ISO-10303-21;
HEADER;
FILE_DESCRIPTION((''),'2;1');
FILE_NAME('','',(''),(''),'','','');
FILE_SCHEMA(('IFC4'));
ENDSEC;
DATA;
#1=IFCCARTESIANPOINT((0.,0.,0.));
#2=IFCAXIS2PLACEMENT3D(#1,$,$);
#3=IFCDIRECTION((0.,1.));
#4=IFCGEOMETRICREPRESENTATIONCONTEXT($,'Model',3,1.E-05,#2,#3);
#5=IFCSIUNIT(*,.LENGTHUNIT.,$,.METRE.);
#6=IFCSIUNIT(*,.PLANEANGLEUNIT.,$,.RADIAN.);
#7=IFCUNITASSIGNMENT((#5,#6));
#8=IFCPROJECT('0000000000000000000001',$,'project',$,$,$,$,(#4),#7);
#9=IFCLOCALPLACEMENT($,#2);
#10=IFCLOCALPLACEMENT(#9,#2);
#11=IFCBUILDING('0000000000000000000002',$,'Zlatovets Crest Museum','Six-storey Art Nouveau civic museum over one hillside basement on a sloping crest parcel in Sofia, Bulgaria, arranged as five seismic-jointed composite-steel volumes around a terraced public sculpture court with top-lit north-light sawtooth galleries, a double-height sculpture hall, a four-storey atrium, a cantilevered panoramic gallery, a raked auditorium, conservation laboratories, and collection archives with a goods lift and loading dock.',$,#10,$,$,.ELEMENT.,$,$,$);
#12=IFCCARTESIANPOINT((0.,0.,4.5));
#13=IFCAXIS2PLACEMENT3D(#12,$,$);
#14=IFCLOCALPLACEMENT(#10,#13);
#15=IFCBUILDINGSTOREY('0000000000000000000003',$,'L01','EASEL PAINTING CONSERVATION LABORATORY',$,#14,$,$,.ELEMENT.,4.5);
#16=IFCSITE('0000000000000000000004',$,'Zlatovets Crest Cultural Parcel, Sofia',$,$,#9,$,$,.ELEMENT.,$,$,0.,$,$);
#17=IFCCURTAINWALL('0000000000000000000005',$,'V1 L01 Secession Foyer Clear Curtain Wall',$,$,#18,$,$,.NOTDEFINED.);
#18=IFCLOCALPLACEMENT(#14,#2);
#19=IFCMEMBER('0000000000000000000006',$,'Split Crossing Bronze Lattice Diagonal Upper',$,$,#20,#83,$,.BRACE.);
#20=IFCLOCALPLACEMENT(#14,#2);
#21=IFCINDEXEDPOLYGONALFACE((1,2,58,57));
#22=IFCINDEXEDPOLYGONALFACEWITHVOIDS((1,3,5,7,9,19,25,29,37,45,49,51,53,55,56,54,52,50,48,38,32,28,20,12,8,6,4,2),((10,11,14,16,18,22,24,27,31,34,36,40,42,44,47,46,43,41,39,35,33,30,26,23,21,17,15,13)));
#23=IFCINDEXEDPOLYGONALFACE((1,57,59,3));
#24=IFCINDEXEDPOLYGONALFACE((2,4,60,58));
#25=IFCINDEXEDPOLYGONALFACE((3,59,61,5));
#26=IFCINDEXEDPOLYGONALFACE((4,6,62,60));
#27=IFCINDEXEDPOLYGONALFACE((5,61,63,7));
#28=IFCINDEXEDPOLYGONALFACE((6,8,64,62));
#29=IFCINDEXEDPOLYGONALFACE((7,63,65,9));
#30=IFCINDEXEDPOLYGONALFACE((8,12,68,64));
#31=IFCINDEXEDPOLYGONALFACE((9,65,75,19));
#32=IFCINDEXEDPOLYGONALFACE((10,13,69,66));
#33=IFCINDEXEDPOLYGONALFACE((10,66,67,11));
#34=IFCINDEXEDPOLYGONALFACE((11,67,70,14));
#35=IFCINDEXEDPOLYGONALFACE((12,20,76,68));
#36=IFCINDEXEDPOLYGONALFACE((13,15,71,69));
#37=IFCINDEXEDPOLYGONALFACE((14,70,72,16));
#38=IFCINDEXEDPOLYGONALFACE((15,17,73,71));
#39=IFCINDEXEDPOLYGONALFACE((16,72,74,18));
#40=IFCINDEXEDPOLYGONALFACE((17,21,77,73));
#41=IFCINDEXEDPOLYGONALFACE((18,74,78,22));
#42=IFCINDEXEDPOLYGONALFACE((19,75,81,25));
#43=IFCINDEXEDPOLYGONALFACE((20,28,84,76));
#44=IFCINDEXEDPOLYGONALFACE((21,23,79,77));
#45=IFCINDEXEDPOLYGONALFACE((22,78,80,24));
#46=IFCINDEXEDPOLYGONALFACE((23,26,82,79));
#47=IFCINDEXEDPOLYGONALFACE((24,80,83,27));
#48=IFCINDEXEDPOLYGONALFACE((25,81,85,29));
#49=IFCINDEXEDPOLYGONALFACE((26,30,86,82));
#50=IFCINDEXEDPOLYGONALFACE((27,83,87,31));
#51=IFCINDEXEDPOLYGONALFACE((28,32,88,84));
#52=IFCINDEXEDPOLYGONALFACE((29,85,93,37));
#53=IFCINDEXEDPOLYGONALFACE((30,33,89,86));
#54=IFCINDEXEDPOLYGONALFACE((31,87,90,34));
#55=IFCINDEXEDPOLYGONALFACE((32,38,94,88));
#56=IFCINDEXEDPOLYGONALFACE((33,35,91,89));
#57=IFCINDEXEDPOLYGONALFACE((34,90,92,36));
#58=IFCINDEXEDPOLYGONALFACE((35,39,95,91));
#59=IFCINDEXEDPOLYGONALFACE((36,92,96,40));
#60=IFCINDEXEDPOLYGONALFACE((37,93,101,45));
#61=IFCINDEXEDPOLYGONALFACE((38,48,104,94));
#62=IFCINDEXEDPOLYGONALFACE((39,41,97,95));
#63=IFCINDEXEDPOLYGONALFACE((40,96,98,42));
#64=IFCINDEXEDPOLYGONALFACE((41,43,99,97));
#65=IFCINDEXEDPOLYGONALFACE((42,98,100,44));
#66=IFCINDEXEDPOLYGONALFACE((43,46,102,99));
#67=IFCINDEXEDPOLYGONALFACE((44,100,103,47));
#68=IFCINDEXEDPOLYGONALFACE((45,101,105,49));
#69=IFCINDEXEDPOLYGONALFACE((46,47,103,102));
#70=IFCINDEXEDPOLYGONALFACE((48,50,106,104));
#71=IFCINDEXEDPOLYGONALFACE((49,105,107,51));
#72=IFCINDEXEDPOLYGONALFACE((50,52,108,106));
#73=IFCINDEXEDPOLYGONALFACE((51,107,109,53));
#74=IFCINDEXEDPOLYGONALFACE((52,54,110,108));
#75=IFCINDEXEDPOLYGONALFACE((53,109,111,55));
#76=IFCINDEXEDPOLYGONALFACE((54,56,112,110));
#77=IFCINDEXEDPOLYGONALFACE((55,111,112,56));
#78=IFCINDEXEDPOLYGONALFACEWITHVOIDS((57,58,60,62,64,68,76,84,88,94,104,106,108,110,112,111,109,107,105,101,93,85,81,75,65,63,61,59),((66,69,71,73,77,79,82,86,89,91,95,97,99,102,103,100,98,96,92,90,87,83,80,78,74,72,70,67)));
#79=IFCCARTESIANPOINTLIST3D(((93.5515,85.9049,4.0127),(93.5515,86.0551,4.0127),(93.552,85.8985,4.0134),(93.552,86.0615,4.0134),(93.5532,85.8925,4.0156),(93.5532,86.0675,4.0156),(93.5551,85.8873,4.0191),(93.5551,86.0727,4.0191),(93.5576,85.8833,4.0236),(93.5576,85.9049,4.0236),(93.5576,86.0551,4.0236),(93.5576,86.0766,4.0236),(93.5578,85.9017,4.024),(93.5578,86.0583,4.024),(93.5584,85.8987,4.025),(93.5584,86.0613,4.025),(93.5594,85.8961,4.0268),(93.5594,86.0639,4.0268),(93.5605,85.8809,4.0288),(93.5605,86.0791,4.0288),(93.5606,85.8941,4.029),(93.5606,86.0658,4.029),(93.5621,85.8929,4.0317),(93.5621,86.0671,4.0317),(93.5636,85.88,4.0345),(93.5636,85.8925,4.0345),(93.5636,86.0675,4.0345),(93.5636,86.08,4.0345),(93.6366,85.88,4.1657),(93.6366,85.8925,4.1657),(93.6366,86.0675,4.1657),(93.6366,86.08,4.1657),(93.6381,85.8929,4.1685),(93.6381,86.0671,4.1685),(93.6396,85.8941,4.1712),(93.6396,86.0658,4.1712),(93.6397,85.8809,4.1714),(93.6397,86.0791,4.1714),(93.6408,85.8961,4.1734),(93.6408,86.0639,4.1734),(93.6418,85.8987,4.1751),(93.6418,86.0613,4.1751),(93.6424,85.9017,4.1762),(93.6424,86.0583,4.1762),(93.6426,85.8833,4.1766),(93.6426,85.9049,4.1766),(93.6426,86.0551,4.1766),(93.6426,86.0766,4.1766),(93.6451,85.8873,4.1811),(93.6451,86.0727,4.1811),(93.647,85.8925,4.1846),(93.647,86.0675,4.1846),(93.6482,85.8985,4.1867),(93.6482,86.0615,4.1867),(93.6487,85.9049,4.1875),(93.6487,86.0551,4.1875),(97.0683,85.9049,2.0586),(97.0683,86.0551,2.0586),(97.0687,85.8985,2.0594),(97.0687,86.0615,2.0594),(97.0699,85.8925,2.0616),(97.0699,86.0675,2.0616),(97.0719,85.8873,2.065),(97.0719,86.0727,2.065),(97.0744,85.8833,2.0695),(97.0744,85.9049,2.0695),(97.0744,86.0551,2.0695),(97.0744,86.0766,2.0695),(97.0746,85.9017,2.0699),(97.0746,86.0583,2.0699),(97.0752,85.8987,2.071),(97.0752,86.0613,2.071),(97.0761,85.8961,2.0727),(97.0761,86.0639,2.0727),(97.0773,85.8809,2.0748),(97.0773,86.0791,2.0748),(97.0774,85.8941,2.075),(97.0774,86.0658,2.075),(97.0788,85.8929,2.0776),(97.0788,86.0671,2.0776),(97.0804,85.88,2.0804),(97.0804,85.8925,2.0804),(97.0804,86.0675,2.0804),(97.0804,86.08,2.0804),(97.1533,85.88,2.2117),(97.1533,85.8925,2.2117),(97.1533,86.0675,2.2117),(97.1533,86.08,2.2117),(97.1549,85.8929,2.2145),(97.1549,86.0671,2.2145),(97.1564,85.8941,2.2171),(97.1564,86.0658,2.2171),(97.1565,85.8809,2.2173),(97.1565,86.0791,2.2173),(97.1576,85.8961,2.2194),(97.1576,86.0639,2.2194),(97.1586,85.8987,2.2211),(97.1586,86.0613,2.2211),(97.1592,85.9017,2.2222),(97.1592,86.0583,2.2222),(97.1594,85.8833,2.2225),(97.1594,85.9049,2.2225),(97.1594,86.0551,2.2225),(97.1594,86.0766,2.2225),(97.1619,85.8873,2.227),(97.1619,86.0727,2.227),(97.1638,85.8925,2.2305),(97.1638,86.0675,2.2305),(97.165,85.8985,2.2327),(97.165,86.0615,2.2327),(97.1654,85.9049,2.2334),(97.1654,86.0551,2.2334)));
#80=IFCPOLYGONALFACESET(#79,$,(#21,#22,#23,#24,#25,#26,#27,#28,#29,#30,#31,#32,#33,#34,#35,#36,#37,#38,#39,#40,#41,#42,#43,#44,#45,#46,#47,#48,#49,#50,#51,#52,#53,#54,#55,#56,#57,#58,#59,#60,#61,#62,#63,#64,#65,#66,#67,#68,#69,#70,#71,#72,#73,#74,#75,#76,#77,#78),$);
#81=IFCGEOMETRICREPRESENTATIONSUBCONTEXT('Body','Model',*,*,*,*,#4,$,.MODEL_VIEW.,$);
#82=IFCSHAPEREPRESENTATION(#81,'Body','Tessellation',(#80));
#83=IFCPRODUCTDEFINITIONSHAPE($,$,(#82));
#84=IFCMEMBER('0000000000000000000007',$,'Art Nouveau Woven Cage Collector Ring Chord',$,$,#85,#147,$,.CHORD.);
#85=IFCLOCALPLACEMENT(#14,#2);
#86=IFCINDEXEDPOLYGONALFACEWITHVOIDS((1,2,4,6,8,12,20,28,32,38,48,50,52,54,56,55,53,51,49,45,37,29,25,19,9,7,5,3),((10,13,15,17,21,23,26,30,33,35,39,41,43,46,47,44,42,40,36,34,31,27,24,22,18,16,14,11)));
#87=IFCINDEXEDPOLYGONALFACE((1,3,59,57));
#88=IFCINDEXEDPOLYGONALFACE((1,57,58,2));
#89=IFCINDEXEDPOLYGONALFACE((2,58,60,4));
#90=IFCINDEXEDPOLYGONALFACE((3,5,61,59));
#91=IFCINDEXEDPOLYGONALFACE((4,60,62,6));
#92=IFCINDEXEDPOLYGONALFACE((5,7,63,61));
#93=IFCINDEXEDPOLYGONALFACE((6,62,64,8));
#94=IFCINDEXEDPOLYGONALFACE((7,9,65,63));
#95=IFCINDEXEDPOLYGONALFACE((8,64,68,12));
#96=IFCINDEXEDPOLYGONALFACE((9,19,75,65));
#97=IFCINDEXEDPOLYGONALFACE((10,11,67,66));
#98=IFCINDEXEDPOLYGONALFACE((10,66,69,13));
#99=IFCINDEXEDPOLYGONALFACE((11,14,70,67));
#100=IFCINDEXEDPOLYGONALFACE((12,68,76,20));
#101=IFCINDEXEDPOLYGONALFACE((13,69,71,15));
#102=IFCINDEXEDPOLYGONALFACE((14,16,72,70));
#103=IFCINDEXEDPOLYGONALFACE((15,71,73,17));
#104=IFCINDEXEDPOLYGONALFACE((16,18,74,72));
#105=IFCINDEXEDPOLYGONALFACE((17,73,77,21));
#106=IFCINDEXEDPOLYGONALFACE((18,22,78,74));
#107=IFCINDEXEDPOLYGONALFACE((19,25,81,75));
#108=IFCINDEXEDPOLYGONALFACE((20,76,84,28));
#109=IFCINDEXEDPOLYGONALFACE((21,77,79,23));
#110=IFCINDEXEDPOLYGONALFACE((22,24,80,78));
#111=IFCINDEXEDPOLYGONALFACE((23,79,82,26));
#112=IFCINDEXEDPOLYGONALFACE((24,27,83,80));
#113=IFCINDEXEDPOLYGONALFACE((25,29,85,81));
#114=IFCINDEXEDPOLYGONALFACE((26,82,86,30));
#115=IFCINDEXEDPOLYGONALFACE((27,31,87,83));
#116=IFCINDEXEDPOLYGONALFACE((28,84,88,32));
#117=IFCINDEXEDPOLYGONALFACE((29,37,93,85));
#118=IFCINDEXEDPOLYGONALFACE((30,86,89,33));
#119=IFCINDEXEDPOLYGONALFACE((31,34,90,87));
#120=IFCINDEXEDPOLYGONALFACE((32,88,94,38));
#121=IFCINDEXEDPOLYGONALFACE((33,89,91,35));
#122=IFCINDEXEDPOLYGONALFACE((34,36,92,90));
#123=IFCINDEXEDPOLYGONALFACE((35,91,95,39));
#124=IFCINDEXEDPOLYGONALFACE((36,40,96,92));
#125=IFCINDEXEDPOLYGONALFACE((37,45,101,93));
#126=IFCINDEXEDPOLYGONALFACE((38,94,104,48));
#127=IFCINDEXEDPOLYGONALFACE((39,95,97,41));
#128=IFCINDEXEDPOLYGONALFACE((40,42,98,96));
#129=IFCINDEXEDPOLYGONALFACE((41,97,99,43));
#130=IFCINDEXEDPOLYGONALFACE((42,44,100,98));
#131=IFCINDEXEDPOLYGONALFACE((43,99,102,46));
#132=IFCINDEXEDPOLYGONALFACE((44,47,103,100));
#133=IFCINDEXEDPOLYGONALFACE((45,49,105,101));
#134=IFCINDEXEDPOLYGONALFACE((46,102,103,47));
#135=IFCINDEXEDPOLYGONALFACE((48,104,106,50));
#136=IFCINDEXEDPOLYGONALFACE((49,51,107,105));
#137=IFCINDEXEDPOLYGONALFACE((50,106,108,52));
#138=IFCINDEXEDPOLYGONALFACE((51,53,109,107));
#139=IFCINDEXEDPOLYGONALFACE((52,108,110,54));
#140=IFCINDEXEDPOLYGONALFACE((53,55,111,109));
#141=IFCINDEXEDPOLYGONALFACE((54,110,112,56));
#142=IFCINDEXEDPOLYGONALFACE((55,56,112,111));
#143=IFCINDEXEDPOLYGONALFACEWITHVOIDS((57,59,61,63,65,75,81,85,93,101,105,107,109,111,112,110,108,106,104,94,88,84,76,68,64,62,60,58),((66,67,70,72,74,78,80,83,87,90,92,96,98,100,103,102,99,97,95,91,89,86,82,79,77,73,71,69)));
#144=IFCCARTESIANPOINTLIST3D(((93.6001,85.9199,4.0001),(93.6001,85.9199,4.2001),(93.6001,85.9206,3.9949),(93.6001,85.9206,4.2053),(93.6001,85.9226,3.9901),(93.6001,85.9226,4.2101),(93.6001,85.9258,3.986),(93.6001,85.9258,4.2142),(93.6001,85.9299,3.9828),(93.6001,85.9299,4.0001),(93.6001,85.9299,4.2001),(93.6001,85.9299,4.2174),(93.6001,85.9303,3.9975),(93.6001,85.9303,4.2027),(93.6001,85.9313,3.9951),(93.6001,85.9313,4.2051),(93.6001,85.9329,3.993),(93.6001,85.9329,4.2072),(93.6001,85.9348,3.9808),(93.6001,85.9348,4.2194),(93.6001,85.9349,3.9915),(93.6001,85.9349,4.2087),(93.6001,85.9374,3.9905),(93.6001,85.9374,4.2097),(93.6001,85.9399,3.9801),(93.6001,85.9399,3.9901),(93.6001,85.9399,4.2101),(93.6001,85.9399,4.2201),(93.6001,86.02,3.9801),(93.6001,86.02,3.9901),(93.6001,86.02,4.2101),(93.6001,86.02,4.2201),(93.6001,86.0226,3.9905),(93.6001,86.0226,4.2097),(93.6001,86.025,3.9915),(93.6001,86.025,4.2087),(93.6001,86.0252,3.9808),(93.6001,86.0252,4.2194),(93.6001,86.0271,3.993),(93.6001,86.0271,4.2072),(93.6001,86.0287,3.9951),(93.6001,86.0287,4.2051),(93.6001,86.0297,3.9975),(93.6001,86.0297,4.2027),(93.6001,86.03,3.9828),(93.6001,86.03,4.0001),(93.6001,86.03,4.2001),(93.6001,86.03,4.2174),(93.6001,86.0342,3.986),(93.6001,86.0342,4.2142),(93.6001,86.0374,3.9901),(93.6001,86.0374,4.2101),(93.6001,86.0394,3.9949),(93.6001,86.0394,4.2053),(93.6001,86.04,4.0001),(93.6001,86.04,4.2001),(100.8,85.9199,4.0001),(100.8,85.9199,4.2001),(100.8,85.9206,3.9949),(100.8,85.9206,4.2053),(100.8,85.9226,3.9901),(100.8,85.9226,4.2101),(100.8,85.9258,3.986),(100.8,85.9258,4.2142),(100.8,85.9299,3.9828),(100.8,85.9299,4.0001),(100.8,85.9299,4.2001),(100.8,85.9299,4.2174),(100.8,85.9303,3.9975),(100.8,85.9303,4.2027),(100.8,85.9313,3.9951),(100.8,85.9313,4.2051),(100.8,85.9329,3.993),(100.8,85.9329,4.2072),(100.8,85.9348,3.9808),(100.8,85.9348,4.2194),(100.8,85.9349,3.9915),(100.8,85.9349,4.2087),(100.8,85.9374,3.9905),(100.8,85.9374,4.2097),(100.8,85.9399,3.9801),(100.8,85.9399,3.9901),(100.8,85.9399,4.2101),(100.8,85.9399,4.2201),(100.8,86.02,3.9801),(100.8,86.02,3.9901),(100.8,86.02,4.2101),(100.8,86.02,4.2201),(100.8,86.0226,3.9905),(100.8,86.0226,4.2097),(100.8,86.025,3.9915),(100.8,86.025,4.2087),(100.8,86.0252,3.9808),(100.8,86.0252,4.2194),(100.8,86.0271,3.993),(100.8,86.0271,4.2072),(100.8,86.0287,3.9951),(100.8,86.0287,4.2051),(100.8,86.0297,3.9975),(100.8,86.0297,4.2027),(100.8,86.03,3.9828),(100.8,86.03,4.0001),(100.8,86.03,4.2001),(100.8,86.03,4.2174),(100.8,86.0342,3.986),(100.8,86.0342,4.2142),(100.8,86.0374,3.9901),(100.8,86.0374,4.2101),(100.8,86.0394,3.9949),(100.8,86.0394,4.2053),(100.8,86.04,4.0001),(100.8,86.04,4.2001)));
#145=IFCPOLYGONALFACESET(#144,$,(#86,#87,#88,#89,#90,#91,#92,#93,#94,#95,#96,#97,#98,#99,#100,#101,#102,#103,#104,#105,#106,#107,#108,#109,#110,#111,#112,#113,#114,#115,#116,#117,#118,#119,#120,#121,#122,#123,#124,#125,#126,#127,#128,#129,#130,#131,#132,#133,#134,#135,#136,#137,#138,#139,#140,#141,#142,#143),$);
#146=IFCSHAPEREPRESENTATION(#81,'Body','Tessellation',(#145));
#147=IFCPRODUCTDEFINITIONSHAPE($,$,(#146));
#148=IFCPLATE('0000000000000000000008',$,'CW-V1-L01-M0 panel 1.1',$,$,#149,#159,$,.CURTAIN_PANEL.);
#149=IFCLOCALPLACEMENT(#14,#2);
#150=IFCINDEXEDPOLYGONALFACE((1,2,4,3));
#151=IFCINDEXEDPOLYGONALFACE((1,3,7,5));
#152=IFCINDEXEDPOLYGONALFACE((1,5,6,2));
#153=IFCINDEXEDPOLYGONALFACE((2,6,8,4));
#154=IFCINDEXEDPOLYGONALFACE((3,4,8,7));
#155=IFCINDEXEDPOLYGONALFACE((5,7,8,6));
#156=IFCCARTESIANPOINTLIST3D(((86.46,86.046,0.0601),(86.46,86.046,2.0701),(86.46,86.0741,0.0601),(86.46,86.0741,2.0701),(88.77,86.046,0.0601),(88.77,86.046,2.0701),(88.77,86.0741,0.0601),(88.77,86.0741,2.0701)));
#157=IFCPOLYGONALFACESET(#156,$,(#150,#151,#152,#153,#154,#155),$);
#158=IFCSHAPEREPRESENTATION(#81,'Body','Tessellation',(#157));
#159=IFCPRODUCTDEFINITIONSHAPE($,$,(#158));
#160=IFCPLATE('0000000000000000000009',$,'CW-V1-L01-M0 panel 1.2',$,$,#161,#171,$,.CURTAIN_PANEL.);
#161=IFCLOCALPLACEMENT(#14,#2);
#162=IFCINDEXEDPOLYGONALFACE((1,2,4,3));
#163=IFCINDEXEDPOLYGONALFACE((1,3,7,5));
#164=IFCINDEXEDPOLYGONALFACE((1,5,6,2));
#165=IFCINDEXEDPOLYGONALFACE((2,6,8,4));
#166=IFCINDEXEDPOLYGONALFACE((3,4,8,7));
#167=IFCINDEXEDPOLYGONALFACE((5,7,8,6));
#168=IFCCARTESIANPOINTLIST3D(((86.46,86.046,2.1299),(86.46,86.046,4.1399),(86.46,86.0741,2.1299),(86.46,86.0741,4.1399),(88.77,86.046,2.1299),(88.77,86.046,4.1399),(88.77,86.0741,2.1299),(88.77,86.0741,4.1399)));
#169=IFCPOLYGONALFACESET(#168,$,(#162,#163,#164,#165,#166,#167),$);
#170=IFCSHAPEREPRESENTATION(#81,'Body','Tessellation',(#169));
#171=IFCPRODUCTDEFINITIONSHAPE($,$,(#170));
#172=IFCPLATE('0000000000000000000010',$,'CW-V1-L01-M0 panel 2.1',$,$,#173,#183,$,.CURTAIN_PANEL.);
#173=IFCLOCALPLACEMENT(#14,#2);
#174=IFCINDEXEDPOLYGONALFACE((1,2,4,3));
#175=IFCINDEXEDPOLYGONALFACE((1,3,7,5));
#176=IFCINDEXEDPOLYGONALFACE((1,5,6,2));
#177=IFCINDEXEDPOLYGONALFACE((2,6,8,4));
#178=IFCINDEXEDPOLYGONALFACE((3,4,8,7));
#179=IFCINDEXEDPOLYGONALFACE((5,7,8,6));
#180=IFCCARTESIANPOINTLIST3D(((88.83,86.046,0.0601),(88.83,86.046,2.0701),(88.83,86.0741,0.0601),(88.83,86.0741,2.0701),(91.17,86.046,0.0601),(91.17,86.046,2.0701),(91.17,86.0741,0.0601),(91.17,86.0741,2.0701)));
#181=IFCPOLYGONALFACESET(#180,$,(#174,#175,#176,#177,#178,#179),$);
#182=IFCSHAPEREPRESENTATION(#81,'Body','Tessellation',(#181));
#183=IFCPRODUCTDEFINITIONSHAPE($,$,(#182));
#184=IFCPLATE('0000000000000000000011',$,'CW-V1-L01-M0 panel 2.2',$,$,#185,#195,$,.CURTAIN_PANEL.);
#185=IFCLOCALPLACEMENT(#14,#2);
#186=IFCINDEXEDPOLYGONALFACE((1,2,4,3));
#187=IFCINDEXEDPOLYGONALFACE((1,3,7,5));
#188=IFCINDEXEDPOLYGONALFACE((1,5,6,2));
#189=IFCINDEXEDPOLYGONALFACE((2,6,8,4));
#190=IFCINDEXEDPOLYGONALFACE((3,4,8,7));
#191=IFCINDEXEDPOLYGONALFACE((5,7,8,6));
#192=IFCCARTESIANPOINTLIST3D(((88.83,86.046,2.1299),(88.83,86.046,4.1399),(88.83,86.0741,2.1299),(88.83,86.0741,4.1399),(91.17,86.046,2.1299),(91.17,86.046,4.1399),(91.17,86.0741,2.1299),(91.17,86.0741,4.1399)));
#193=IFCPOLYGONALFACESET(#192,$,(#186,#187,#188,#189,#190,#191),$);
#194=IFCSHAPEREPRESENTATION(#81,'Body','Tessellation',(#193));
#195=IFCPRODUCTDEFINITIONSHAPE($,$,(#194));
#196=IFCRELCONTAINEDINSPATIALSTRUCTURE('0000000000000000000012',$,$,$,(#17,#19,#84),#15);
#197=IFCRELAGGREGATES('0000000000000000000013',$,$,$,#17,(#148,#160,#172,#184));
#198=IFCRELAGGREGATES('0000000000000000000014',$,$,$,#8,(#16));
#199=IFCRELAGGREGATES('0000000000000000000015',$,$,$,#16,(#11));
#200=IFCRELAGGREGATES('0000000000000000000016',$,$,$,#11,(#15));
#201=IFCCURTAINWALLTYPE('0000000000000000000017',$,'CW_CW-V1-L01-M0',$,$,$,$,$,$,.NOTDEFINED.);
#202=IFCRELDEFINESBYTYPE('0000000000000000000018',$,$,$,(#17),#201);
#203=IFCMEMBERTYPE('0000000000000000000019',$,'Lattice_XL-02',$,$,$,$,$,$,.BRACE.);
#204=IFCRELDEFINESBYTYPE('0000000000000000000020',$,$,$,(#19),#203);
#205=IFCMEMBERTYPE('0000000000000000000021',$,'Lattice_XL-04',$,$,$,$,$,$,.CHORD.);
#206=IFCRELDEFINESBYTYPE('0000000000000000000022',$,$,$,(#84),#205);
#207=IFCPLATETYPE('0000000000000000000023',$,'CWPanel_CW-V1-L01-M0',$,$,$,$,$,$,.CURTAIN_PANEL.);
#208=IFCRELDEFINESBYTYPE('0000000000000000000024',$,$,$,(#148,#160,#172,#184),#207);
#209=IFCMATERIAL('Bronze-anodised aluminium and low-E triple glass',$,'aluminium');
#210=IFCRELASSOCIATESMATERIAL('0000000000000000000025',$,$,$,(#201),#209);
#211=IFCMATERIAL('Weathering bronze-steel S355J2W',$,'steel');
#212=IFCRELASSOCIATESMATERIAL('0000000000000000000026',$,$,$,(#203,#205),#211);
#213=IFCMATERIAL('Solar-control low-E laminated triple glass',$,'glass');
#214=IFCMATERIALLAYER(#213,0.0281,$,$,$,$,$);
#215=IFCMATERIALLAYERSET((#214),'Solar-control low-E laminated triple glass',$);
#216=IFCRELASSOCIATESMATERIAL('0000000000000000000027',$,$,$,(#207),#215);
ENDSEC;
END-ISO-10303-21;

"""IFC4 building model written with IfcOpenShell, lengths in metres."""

from ifc_helpers import new_model, si_unit, direction, frame, origin, origin_2d, place, context, subcontext, project, spatial, rectangle, hollow_rectangle, extrude, material, layer, layer_set, material_profile, profile_set, type_object, element, aggregate, save


model = new_model("IFC4")

# Units and contexts
model_context = context("Model", 3, precision=1e-05, world=origin(), true_north=direction((0.0, 1.0)))
body_context = subcontext(model_context, "Body", "Model", "MODEL_VIEW")
ifc_project = project(units=[si_unit("LENGTHUNIT", "METRE"), si_unit("PLANEANGLEUNIT", "RADIAN")], contexts=[model_context])

# Site, building, storey
site_placement = place(None, origin())
site = spatial("IfcSite", under=ifc_project, at=site_placement, Name="Zlatovets Crest Cultural Parcel, Sofia", CompositionType="ELEMENT", RefElevation=0.0)
building_placement = place(site_placement, origin())
building = spatial("IfcBuilding", under=site, at=building_placement, Name="Zlatovets Crest Museum", Description="Six-storey Art Nouveau civic museum over one hillside basement on a sloping crest parcel in Sofia, Bulgaria, arranged as five seismic-jointed composite-steel volumes around a terraced public sculpture court with top-lit north-light sawtooth galleries, a double-height sculpture hall, a four-storey atrium, a cantilevered panoramic gallery, a raked auditorium, conservation laboratories, and collection archives with a goods lift and loading dock.", CompositionType="ELEMENT")
storey_placement = place(building_placement, frame((0.0, 0.0, 4.5)))
storey = spatial("IfcBuildingStorey", under=building, at=storey_placement, Name="L01", Description="EASEL PAINTING CONSERVATION LABORATORY", CompositionType="ELEMENT", Elevation=4.5)

# Curtain wall
ifc_material_1 = material(Name="Bronze-anodised aluminium and low-E triple glass", Category="aluminium")
curtain_wall_type_1 = type_object("IfcCurtainWallType", Name="CW_CW-V1-L01-M0", PredefinedType="NOTDEFINED", material=ifc_material_1)
curtain_wall_1_placement = place(storey_placement, origin())
curtain_wall_1 = element("IfcCurtainWall", 1, at=curtain_wall_1_placement, inside=storey, type_object=curtain_wall_type_1, Name="V1 L01 Secession Foyer Clear Curtain Wall", PredefinedType="NOTDEFINED")

# Members
ifc_material_2 = material(Name="Weathering bronze-steel S355J2W", Category="steel")
ifc_material_profile_1 = material_profile(ifc_material_2, hollow_rectangle(XDim=0.2, YDim=0.2, WallThickness=0.0125, InnerFilletRadius=0.0125, OuterFilletRadius=0.0249, at=origin_2d()), Name="SHS 200x200x12.5")
ifc_profile_set_1 = profile_set([ifc_material_profile_1], Name="Weathering bronze-steel S355J2W")
member_type_1 = type_object("IfcMemberType", Name="Lattice_XL-02", PredefinedType="BRACE", material=ifc_profile_set_1)
member_1_placement = place(storey_placement, frame((93.6001, 85.98, 4.1001), z_axis=(0.874126, 0.0, -0.4857), x_axis=(0.0, 1.0, 0.0)))
element("IfcMember", 2, at=member_1_placement, inside=storey, type_object=member_type_1, Name="Split Crossing Bronze Lattice Diagonal Upper", PredefinedType="BRACE", context=body_context, shape_type="SweptSolid", body=[
    extrude(hollow_rectangle(XDim=0.2, YDim=0.2, WallThickness=0.0125, InnerFilletRadius=0.0125, OuterFilletRadius=0.0249, at=origin_2d()), origin(), (0.0, 0.0, 1.0), 4.0232),
])
ifc_material_profile_2 = material_profile(ifc_material_2, hollow_rectangle(XDim=0.1201, YDim=0.24, WallThickness=0.01, InnerFilletRadius=0.01, OuterFilletRadius=0.02, at=origin_2d()), Name="RHS 120x240x10.0")
ifc_profile_set_2 = profile_set([ifc_material_profile_2], Name="Weathering bronze-steel S355J2W")
member_type_2 = type_object("IfcMemberType", Name="Lattice_XL-04", PredefinedType="CHORD", material=ifc_profile_set_2)
member_2_placement = place(storey_placement, frame((93.6001, 85.98, 4.1001), z_axis=(1.0, 0.0, 0.0), x_axis=(0.0, 1.0, 0.0)))
element("IfcMember", 3, at=member_2_placement, inside=storey, type_object=member_type_2, Name="Art Nouveau Woven Cage Collector Ring Chord", PredefinedType="CHORD", context=body_context, shape_type="SweptSolid", body=[
    extrude(hollow_rectangle(XDim=0.1201, YDim=0.24, WallThickness=0.01, InnerFilletRadius=0.01, OuterFilletRadius=0.02, at=origin_2d()), origin(), (0.0, 0.0, 1.0), 7.2),
])

# Plates
ifc_material_3 = material(Name="Solar-control low-E laminated triple glass", Category="glass")
ifc_layer_1 = layer(ifc_material_3, 0.0281)
ifc_layer_set_1 = layer_set([ifc_layer_1], Name="Solar-control low-E laminated triple glass")
plate_type_1 = type_object("IfcPlateType", Name="CWPanel_CW-V1-L01-M0", PredefinedType="CURTAIN_PANEL", material=ifc_layer_set_1)
plate_1_placement = place(storey_placement, frame((87.615, 86.0601, 0.0601), z_axis=(0.0, 0.0, 1.0), x_axis=(1.0, 0.0, 0.0)))
plate_1 = element("IfcPlate", 4, at=plate_1_placement, type_object=plate_type_1, Name="CW-V1-L01-M0 panel 1.1", PredefinedType="CURTAIN_PANEL", context=body_context, shape_type="SweptSolid", body=[
    extrude(rectangle(XDim=2.3101, YDim=0.0281, at=origin_2d()), origin(), (0.0, 0.0, 1.0), 2.01),
])
plate_2_placement = place(storey_placement, frame((87.615, 86.0601, 2.1299), z_axis=(0.0, 0.0, 1.0), x_axis=(1.0, 0.0, 0.0)))
plate_2 = element("IfcPlate", 5, at=plate_2_placement, type_object=plate_type_1, Name="CW-V1-L01-M0 panel 1.2", PredefinedType="CURTAIN_PANEL", context=body_context, shape_type="SweptSolid", body=[
    extrude(rectangle(XDim=2.3101, YDim=0.0281, at=origin_2d()), origin(), (0.0, 0.0, 1.0), 2.01),
])
plate_3_placement = place(storey_placement, frame((90.0, 86.0601, 0.0601), z_axis=(0.0, 0.0, 1.0), x_axis=(1.0, 0.0, 0.0)))
plate_3 = element("IfcPlate", 6, at=plate_3_placement, type_object=plate_type_1, Name="CW-V1-L01-M0 panel 2.1", PredefinedType="CURTAIN_PANEL", context=body_context, shape_type="SweptSolid", body=[
    extrude(rectangle(XDim=2.3401, YDim=0.0281, at=origin_2d()), origin(), (0.0, 0.0, 1.0), 2.01),
])
plate_4_placement = place(storey_placement, frame((90.0, 86.0601, 2.1299), z_axis=(0.0, 0.0, 1.0), x_axis=(1.0, 0.0, 0.0)))
plate_4 = element("IfcPlate", 7, at=plate_4_placement, type_object=plate_type_1, Name="CW-V1-L01-M0 panel 2.2", PredefinedType="CURTAIN_PANEL", context=body_context, shape_type="SweptSolid", body=[
    extrude(rectangle(XDim=2.3401, YDim=0.0281, at=origin_2d()), origin(), (0.0, 0.0, 1.0), 2.01),
])
aggregate(curtain_wall_1, [plate_1, plate_2, plate_3, plate_4])

save(model, "model.ifc")
